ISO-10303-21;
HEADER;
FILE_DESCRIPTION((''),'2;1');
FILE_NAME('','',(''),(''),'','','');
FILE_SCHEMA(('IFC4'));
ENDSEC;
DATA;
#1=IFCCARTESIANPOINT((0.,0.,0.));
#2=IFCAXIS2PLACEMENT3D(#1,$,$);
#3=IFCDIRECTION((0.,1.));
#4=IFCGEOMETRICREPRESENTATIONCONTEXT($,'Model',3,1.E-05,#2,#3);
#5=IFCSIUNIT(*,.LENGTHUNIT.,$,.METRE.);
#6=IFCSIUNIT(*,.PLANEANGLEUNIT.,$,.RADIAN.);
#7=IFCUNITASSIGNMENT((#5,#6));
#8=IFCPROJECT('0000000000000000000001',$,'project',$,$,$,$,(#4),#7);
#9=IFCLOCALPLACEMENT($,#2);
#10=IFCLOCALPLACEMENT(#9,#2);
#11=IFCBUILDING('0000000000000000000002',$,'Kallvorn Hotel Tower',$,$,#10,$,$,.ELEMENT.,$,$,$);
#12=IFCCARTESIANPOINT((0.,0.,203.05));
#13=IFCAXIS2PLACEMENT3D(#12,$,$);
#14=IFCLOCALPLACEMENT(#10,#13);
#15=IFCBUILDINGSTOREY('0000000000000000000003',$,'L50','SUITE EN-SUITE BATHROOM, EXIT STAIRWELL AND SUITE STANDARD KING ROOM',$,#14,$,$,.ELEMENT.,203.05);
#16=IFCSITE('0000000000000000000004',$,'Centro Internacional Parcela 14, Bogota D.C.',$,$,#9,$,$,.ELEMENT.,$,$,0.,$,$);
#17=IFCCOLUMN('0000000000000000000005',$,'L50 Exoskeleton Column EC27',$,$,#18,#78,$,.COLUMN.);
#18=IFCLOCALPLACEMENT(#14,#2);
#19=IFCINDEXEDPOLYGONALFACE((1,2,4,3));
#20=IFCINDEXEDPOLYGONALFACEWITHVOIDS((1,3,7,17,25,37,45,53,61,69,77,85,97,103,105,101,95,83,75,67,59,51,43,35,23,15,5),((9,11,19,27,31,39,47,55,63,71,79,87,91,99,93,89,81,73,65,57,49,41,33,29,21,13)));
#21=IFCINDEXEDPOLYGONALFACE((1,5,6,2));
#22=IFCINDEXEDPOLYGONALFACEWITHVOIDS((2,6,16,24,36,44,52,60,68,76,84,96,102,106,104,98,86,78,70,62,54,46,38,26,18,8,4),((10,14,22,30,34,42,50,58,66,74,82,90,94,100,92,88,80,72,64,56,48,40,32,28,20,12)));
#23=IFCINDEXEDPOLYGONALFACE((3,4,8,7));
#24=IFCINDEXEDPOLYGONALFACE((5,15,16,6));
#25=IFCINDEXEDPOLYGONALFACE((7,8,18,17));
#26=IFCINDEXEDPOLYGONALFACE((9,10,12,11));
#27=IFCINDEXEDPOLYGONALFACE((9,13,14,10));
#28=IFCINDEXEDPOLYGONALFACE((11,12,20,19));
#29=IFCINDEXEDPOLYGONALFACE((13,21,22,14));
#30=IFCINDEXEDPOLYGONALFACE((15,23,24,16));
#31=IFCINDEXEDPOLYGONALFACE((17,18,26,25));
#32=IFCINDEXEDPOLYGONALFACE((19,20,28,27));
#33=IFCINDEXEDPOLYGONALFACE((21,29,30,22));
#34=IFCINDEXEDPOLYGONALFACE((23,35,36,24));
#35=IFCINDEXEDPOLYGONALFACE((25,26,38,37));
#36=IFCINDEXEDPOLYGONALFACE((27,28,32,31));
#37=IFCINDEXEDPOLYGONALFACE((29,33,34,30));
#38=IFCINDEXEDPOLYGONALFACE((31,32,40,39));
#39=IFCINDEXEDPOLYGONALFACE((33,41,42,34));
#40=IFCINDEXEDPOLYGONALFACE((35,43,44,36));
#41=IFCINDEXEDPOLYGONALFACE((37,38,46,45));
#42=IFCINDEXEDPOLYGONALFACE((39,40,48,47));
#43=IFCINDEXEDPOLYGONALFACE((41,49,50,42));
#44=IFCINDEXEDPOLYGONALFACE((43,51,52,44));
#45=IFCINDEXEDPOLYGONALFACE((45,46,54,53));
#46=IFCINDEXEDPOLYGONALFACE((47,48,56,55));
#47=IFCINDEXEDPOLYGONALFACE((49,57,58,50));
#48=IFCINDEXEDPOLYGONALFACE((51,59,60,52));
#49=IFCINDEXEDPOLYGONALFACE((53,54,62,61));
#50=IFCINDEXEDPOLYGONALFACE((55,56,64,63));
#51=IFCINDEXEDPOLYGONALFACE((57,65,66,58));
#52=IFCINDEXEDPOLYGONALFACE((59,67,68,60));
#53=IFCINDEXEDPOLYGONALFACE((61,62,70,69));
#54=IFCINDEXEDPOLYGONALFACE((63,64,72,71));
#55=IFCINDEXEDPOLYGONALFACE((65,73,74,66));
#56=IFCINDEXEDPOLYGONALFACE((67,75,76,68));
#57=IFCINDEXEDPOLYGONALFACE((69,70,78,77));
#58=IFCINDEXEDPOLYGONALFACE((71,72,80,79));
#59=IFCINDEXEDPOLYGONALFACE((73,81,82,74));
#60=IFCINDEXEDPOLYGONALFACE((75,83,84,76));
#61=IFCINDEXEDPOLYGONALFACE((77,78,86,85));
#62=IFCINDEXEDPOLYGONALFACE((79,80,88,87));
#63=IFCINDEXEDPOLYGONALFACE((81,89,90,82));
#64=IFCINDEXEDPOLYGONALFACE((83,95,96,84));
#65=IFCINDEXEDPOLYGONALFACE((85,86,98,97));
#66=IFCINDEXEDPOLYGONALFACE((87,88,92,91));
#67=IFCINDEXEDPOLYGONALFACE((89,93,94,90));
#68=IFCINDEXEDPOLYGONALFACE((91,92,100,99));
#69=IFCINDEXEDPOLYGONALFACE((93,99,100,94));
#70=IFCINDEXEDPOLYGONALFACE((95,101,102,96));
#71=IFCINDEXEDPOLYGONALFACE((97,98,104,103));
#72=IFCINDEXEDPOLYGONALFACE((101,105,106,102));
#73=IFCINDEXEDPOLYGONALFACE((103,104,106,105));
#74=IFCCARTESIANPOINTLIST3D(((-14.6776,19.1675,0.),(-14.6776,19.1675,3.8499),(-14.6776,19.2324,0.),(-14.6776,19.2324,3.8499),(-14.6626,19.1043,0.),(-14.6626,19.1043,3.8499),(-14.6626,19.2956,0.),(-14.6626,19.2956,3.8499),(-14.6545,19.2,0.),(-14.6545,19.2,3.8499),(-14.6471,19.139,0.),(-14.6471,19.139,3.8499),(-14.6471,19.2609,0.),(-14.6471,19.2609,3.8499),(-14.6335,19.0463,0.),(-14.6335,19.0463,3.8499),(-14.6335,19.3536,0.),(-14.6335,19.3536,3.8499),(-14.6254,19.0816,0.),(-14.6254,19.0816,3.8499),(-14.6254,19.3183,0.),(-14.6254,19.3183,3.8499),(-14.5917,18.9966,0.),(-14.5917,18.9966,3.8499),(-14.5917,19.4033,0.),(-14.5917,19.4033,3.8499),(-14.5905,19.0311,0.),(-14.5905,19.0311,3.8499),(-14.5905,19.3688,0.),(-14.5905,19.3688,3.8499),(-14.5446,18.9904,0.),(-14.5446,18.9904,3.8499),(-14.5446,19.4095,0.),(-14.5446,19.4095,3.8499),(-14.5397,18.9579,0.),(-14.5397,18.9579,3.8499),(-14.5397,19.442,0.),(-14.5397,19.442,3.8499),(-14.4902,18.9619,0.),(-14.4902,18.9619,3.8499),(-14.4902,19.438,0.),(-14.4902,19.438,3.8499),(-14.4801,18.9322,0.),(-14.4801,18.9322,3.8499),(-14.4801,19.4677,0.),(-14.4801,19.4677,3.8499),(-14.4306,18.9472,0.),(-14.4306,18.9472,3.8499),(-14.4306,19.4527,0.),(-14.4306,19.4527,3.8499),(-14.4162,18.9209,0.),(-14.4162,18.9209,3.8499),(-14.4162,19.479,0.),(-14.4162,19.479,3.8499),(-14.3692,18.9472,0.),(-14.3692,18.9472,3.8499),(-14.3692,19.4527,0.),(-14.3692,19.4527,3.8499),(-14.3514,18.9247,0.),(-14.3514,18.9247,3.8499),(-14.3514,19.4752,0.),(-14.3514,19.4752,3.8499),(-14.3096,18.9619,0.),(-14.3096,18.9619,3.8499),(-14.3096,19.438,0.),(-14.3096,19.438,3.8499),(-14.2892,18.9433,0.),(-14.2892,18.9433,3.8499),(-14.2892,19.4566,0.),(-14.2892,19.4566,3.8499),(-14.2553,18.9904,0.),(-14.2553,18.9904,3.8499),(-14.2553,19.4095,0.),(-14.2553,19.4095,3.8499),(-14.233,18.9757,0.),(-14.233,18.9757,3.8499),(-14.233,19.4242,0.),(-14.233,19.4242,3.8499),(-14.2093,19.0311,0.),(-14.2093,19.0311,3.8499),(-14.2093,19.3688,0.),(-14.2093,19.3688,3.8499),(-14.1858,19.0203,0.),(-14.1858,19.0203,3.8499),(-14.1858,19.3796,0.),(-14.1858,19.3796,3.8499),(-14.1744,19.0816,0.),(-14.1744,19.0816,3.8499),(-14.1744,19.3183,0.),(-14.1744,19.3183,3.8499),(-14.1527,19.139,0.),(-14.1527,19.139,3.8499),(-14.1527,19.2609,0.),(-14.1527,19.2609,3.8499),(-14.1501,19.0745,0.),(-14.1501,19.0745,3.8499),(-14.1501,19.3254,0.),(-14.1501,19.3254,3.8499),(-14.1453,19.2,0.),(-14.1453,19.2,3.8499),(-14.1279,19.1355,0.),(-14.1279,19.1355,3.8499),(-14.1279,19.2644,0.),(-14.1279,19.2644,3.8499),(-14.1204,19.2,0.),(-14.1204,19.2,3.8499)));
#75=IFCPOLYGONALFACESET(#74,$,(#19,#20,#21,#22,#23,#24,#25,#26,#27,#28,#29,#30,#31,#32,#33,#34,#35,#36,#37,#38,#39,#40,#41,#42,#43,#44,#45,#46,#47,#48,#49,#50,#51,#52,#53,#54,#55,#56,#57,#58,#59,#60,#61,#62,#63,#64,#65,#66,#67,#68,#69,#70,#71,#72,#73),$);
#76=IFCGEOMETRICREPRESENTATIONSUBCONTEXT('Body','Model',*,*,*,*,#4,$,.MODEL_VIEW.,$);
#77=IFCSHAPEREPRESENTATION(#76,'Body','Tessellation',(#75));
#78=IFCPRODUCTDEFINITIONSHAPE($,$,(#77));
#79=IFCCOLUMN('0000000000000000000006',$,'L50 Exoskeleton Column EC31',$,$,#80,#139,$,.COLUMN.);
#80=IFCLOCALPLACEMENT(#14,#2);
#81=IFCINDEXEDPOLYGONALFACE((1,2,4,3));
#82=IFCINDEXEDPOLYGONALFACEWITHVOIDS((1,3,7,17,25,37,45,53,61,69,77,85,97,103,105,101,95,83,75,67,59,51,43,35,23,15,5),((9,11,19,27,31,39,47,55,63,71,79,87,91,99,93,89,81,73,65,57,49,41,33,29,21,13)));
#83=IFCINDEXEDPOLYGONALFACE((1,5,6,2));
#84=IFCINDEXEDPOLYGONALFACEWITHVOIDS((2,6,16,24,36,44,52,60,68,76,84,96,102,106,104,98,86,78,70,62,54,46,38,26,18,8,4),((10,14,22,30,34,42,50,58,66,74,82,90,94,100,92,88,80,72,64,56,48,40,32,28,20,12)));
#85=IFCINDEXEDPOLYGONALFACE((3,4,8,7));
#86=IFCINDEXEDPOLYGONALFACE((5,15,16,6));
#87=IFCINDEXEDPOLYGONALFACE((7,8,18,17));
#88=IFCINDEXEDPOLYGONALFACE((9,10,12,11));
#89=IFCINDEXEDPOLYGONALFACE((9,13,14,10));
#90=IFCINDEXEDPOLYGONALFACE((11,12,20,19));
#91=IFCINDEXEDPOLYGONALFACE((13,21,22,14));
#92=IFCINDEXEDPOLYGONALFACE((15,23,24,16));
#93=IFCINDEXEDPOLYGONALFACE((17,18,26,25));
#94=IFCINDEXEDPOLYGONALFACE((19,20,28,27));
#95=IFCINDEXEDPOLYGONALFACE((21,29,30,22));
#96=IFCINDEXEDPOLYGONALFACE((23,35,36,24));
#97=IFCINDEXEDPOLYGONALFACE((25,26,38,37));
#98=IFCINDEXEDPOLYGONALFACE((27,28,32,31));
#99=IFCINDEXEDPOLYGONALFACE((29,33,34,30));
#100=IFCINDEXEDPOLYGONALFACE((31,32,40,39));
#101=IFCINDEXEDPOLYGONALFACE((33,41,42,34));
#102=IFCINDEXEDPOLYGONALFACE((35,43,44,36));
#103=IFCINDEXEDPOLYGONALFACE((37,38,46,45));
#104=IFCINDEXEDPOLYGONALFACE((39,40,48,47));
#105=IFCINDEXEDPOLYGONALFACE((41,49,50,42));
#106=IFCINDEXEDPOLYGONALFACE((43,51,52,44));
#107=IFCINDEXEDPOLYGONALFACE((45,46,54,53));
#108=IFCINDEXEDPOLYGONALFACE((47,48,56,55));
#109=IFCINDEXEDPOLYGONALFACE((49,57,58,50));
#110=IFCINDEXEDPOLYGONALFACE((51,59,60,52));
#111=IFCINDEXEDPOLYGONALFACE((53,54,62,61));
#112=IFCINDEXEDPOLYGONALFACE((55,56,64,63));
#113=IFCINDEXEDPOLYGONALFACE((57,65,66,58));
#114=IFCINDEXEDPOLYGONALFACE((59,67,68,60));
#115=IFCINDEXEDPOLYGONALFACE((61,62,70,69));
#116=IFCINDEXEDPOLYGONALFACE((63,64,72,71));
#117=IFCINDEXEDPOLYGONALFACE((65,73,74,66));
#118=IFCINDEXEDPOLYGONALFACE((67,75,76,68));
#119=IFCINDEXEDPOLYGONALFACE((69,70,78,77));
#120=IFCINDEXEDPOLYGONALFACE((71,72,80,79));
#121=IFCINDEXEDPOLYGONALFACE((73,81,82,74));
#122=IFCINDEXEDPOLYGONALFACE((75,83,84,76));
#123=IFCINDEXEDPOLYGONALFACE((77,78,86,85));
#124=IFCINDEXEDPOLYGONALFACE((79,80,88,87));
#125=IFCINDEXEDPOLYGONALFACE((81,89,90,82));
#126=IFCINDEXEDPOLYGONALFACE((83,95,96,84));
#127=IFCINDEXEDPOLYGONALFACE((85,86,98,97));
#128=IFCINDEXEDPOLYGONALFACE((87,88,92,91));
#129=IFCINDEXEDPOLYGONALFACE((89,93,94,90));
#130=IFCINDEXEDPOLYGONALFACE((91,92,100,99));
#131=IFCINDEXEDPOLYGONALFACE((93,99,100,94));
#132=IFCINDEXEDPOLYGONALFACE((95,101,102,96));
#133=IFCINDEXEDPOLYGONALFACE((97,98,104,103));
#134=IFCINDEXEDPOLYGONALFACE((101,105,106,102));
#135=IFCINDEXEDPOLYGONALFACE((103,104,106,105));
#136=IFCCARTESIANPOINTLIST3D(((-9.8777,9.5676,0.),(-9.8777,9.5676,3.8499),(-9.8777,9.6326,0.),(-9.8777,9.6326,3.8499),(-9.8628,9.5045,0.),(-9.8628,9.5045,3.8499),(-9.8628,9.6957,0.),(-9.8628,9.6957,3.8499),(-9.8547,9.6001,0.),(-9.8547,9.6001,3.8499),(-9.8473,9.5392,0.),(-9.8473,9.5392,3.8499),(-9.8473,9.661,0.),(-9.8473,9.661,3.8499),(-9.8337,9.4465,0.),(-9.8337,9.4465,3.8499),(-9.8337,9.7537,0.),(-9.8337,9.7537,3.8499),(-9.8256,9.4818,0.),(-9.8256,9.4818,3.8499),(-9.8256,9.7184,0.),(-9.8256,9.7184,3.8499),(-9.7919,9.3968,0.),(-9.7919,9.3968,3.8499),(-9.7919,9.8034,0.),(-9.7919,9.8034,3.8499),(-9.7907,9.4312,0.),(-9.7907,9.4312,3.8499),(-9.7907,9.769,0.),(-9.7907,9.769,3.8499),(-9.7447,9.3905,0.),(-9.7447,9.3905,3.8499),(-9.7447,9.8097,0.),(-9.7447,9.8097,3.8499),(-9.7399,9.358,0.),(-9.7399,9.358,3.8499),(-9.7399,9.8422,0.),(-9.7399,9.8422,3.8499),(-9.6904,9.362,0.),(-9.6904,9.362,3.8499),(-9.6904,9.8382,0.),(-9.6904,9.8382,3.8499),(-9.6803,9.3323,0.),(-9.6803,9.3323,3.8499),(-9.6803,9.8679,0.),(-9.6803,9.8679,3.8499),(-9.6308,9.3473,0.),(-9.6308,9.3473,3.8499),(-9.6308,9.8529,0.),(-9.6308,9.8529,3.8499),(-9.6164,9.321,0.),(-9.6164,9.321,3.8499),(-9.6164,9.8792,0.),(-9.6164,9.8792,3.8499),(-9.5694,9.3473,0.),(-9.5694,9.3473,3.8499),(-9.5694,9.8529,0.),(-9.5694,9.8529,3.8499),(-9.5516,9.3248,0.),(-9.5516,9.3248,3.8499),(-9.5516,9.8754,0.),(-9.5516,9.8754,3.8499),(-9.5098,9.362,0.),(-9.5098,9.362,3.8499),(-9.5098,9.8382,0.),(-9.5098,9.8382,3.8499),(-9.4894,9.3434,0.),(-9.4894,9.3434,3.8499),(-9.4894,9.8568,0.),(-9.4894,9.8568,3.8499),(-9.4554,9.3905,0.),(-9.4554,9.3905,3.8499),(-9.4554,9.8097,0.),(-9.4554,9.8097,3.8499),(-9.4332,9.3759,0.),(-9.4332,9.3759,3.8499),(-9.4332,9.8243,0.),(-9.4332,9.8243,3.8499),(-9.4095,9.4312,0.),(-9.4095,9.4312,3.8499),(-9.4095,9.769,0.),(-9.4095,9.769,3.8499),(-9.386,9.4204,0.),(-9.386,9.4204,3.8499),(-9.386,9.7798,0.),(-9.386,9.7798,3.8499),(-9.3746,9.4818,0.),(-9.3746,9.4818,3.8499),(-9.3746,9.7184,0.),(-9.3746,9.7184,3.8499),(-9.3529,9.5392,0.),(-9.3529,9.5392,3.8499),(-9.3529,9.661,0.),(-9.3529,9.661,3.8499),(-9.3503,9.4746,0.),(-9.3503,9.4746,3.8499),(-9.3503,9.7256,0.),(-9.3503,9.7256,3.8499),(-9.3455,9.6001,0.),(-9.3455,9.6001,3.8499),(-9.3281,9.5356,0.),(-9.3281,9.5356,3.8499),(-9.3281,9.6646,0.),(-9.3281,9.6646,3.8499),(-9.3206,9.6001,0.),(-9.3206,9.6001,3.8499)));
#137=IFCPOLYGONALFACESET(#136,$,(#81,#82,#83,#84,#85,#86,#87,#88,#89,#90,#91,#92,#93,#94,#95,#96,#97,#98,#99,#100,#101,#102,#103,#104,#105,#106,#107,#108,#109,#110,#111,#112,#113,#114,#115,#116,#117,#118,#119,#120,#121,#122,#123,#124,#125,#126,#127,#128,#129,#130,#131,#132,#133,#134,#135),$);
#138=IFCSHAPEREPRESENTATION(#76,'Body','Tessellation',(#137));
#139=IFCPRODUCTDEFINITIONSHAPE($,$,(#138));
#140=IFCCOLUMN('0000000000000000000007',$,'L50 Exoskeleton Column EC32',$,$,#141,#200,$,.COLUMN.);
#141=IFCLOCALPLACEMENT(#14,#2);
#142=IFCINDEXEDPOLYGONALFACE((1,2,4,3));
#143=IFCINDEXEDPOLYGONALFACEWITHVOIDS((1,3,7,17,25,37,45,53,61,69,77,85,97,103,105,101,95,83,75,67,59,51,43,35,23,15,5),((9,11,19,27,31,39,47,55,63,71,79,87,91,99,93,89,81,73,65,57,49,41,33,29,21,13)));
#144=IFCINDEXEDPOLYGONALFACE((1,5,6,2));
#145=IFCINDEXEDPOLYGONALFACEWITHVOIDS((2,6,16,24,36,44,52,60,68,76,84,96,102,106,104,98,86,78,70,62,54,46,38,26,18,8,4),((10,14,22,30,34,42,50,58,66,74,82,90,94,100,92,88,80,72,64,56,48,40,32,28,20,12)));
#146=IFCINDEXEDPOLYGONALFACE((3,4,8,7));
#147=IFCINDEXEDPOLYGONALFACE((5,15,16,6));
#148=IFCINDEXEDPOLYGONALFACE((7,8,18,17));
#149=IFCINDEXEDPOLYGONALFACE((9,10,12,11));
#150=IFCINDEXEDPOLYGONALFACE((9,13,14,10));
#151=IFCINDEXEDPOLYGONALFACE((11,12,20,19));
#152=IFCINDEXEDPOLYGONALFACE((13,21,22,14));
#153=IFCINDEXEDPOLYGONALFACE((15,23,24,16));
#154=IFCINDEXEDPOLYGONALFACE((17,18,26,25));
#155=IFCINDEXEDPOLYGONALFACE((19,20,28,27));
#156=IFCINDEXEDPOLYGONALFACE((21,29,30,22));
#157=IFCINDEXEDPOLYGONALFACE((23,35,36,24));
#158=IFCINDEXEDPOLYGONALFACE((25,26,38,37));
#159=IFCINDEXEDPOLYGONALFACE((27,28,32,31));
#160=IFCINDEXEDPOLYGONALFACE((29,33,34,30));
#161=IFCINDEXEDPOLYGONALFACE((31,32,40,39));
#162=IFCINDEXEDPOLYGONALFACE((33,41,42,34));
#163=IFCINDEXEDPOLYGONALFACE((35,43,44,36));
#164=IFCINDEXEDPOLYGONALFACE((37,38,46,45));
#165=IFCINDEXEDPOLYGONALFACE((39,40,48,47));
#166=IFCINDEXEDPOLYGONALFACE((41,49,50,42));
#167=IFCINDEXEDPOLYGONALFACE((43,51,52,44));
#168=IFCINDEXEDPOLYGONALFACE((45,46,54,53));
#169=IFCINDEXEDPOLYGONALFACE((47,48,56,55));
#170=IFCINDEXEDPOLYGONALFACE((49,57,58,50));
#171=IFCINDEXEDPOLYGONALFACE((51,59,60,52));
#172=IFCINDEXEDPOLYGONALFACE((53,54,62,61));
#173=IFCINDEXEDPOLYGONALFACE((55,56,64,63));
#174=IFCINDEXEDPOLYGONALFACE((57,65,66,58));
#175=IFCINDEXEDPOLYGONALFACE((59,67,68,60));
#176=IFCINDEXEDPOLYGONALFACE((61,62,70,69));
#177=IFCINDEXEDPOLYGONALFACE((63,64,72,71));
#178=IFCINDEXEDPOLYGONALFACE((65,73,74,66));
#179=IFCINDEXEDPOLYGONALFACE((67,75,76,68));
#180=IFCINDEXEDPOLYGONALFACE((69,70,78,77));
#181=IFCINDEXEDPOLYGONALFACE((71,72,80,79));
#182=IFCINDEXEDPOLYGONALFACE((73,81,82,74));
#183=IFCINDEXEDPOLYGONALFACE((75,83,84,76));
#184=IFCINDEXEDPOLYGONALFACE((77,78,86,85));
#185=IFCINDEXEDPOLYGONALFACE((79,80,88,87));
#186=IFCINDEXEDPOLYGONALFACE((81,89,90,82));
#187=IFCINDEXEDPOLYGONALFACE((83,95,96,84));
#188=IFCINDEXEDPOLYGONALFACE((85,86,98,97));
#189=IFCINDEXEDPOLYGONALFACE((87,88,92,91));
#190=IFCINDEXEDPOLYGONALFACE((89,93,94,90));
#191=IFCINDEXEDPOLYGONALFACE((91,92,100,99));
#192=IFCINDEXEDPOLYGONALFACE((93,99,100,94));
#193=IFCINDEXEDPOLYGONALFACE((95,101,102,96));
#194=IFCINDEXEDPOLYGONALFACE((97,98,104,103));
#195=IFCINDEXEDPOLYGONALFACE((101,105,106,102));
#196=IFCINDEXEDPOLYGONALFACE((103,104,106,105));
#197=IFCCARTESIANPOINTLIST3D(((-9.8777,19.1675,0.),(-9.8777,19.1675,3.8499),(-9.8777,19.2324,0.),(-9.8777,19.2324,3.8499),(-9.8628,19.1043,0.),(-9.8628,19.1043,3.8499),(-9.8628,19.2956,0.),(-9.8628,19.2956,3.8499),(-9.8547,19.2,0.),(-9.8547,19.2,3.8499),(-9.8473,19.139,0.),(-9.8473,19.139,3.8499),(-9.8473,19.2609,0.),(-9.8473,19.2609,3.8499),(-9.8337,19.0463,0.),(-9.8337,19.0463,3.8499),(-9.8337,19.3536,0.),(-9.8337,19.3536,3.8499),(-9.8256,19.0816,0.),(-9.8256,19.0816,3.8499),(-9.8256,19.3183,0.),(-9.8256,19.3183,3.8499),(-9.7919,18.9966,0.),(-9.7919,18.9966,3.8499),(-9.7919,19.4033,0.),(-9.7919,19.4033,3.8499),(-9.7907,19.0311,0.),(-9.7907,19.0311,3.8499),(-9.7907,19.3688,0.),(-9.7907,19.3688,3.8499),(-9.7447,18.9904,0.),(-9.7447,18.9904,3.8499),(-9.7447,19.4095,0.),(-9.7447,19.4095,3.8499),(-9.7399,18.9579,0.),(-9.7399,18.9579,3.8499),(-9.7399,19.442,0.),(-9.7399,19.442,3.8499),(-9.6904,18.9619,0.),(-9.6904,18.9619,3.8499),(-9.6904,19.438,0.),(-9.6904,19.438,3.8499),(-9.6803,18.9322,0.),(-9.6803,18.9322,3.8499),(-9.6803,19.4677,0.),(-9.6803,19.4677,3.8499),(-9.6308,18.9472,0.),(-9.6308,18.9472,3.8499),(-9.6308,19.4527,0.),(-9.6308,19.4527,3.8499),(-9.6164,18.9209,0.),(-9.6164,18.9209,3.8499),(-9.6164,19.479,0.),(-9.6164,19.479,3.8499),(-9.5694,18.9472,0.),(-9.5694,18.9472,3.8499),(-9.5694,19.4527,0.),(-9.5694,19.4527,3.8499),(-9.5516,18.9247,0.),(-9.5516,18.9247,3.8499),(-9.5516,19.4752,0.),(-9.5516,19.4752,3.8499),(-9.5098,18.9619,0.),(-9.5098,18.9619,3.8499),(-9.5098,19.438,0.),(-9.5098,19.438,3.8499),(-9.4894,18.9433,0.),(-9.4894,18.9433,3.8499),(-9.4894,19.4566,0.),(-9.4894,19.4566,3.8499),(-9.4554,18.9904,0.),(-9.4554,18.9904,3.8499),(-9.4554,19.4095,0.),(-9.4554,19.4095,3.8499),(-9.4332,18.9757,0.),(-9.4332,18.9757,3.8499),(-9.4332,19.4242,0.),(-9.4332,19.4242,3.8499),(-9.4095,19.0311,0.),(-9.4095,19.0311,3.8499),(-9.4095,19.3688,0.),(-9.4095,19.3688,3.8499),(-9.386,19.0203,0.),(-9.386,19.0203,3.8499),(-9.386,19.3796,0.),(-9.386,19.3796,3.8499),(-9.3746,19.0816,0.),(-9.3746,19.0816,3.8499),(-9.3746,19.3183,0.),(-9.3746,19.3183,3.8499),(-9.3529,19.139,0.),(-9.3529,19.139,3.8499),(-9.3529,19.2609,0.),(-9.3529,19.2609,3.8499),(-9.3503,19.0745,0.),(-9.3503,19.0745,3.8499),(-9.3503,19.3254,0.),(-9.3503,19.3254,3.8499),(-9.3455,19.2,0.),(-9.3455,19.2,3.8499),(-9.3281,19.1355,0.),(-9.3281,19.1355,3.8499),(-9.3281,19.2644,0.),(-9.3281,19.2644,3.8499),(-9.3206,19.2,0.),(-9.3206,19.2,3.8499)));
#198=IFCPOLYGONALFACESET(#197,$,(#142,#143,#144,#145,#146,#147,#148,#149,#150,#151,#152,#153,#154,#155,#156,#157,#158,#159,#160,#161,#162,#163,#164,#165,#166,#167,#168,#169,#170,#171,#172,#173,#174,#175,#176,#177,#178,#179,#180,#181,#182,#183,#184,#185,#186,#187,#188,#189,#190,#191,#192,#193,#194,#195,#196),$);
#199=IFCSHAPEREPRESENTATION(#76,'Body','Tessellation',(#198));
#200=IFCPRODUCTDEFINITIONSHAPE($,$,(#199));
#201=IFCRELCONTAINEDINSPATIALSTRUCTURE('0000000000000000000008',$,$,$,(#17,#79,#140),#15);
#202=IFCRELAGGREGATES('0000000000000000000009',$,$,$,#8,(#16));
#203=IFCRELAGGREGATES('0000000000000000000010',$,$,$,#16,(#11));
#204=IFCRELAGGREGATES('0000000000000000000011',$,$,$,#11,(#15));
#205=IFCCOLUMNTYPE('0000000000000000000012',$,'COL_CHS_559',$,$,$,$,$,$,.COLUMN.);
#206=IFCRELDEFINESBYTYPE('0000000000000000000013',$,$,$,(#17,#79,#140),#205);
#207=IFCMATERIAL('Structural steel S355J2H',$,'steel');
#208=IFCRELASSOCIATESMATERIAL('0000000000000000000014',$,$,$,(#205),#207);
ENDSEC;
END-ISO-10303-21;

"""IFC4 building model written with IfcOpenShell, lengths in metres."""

from ifc_helpers import new_model, si_unit, direction, frame, origin, origin_2d, place, context, subcontext, project, spatial, hollow_circle, extrude, material, material_profile, profile_set, type_object, element, save


model = new_model("IFC4")

# Units and contexts
model_context = context("Model", 3, precision=1e-05, world=origin(), true_north=direction((0.0, 1.0)))
body_context = subcontext(model_context, "Body", "Model", "MODEL_VIEW")
ifc_project = project(units=[si_unit("LENGTHUNIT", "METRE"), si_unit("PLANEANGLEUNIT", "RADIAN")], contexts=[model_context])

# Site, building, storey
site_placement = place(None, origin())
site = spatial("IfcSite", under=ifc_project, at=site_placement, Name="Centro Internacional Parcela 14, Bogota D.C.", CompositionType="ELEMENT", RefElevation=0.0)
building_placement = place(site_placement, origin())
building = spatial("IfcBuilding", under=site, at=building_placement, Name="Kallvorn Hotel Tower", CompositionType="ELEMENT")
storey_placement = place(building_placement, frame((0.0, 0.0, 203.05)))
storey = spatial("IfcBuildingStorey", under=building, at=storey_placement, Name="L50", Description="SUITE EN-SUITE BATHROOM, EXIT STAIRWELL AND SUITE STANDARD KING ROOM", CompositionType="ELEMENT", Elevation=203.05)

# Columns
ifc_material_1 = material(Name="Structural steel S355J2H", Category="steel")
ifc_material_profile_1 = material_profile(ifc_material_1, hollow_circle(Radius=0.2795, WallThickness=0.0249, at=origin_2d()), Name="CHS 559x25")
ifc_profile_set_1 = profile_set([ifc_material_profile_1], Name="Structural steel S355J2H")
column_type_1 = type_object("IfcColumnType", Name="COL_CHS_559", PredefinedType="COLUMN", material=ifc_profile_set_1)
for number, where, z_axis, x_axis, name in (
    (1, (-14.3999, 19.2, 0.0), (0.0, 0.0, 1.0), (1.0, 0.0, 0.0), "L50 Exoskeleton Column EC27"),
    (2, (-9.6001, 9.6001, 0.0), (0.0, 0.0, 1.0), (1.0, 0.0, 0.0), "L50 Exoskeleton Column EC31"),
    (3, (-9.6001, 19.2, 0.0), (0.0, 0.0, 1.0), (1.0, 0.0, 0.0), "L50 Exoskeleton Column EC32"),
):
    element("IfcColumn", number, at=place(storey_placement, frame(where, z_axis=z_axis, x_axis=x_axis)), inside=storey, type_object=column_type_1, Name=name, PredefinedType="COLUMN", context=body_context, shape_type="SweptSolid", body=[
        extrude(hollow_circle(Radius=0.2795, WallThickness=0.0249, at=origin_2d()), origin(), (0.0, 0.0, 1.0), 3.8499),
    ])

save(model, "model.ifc")
